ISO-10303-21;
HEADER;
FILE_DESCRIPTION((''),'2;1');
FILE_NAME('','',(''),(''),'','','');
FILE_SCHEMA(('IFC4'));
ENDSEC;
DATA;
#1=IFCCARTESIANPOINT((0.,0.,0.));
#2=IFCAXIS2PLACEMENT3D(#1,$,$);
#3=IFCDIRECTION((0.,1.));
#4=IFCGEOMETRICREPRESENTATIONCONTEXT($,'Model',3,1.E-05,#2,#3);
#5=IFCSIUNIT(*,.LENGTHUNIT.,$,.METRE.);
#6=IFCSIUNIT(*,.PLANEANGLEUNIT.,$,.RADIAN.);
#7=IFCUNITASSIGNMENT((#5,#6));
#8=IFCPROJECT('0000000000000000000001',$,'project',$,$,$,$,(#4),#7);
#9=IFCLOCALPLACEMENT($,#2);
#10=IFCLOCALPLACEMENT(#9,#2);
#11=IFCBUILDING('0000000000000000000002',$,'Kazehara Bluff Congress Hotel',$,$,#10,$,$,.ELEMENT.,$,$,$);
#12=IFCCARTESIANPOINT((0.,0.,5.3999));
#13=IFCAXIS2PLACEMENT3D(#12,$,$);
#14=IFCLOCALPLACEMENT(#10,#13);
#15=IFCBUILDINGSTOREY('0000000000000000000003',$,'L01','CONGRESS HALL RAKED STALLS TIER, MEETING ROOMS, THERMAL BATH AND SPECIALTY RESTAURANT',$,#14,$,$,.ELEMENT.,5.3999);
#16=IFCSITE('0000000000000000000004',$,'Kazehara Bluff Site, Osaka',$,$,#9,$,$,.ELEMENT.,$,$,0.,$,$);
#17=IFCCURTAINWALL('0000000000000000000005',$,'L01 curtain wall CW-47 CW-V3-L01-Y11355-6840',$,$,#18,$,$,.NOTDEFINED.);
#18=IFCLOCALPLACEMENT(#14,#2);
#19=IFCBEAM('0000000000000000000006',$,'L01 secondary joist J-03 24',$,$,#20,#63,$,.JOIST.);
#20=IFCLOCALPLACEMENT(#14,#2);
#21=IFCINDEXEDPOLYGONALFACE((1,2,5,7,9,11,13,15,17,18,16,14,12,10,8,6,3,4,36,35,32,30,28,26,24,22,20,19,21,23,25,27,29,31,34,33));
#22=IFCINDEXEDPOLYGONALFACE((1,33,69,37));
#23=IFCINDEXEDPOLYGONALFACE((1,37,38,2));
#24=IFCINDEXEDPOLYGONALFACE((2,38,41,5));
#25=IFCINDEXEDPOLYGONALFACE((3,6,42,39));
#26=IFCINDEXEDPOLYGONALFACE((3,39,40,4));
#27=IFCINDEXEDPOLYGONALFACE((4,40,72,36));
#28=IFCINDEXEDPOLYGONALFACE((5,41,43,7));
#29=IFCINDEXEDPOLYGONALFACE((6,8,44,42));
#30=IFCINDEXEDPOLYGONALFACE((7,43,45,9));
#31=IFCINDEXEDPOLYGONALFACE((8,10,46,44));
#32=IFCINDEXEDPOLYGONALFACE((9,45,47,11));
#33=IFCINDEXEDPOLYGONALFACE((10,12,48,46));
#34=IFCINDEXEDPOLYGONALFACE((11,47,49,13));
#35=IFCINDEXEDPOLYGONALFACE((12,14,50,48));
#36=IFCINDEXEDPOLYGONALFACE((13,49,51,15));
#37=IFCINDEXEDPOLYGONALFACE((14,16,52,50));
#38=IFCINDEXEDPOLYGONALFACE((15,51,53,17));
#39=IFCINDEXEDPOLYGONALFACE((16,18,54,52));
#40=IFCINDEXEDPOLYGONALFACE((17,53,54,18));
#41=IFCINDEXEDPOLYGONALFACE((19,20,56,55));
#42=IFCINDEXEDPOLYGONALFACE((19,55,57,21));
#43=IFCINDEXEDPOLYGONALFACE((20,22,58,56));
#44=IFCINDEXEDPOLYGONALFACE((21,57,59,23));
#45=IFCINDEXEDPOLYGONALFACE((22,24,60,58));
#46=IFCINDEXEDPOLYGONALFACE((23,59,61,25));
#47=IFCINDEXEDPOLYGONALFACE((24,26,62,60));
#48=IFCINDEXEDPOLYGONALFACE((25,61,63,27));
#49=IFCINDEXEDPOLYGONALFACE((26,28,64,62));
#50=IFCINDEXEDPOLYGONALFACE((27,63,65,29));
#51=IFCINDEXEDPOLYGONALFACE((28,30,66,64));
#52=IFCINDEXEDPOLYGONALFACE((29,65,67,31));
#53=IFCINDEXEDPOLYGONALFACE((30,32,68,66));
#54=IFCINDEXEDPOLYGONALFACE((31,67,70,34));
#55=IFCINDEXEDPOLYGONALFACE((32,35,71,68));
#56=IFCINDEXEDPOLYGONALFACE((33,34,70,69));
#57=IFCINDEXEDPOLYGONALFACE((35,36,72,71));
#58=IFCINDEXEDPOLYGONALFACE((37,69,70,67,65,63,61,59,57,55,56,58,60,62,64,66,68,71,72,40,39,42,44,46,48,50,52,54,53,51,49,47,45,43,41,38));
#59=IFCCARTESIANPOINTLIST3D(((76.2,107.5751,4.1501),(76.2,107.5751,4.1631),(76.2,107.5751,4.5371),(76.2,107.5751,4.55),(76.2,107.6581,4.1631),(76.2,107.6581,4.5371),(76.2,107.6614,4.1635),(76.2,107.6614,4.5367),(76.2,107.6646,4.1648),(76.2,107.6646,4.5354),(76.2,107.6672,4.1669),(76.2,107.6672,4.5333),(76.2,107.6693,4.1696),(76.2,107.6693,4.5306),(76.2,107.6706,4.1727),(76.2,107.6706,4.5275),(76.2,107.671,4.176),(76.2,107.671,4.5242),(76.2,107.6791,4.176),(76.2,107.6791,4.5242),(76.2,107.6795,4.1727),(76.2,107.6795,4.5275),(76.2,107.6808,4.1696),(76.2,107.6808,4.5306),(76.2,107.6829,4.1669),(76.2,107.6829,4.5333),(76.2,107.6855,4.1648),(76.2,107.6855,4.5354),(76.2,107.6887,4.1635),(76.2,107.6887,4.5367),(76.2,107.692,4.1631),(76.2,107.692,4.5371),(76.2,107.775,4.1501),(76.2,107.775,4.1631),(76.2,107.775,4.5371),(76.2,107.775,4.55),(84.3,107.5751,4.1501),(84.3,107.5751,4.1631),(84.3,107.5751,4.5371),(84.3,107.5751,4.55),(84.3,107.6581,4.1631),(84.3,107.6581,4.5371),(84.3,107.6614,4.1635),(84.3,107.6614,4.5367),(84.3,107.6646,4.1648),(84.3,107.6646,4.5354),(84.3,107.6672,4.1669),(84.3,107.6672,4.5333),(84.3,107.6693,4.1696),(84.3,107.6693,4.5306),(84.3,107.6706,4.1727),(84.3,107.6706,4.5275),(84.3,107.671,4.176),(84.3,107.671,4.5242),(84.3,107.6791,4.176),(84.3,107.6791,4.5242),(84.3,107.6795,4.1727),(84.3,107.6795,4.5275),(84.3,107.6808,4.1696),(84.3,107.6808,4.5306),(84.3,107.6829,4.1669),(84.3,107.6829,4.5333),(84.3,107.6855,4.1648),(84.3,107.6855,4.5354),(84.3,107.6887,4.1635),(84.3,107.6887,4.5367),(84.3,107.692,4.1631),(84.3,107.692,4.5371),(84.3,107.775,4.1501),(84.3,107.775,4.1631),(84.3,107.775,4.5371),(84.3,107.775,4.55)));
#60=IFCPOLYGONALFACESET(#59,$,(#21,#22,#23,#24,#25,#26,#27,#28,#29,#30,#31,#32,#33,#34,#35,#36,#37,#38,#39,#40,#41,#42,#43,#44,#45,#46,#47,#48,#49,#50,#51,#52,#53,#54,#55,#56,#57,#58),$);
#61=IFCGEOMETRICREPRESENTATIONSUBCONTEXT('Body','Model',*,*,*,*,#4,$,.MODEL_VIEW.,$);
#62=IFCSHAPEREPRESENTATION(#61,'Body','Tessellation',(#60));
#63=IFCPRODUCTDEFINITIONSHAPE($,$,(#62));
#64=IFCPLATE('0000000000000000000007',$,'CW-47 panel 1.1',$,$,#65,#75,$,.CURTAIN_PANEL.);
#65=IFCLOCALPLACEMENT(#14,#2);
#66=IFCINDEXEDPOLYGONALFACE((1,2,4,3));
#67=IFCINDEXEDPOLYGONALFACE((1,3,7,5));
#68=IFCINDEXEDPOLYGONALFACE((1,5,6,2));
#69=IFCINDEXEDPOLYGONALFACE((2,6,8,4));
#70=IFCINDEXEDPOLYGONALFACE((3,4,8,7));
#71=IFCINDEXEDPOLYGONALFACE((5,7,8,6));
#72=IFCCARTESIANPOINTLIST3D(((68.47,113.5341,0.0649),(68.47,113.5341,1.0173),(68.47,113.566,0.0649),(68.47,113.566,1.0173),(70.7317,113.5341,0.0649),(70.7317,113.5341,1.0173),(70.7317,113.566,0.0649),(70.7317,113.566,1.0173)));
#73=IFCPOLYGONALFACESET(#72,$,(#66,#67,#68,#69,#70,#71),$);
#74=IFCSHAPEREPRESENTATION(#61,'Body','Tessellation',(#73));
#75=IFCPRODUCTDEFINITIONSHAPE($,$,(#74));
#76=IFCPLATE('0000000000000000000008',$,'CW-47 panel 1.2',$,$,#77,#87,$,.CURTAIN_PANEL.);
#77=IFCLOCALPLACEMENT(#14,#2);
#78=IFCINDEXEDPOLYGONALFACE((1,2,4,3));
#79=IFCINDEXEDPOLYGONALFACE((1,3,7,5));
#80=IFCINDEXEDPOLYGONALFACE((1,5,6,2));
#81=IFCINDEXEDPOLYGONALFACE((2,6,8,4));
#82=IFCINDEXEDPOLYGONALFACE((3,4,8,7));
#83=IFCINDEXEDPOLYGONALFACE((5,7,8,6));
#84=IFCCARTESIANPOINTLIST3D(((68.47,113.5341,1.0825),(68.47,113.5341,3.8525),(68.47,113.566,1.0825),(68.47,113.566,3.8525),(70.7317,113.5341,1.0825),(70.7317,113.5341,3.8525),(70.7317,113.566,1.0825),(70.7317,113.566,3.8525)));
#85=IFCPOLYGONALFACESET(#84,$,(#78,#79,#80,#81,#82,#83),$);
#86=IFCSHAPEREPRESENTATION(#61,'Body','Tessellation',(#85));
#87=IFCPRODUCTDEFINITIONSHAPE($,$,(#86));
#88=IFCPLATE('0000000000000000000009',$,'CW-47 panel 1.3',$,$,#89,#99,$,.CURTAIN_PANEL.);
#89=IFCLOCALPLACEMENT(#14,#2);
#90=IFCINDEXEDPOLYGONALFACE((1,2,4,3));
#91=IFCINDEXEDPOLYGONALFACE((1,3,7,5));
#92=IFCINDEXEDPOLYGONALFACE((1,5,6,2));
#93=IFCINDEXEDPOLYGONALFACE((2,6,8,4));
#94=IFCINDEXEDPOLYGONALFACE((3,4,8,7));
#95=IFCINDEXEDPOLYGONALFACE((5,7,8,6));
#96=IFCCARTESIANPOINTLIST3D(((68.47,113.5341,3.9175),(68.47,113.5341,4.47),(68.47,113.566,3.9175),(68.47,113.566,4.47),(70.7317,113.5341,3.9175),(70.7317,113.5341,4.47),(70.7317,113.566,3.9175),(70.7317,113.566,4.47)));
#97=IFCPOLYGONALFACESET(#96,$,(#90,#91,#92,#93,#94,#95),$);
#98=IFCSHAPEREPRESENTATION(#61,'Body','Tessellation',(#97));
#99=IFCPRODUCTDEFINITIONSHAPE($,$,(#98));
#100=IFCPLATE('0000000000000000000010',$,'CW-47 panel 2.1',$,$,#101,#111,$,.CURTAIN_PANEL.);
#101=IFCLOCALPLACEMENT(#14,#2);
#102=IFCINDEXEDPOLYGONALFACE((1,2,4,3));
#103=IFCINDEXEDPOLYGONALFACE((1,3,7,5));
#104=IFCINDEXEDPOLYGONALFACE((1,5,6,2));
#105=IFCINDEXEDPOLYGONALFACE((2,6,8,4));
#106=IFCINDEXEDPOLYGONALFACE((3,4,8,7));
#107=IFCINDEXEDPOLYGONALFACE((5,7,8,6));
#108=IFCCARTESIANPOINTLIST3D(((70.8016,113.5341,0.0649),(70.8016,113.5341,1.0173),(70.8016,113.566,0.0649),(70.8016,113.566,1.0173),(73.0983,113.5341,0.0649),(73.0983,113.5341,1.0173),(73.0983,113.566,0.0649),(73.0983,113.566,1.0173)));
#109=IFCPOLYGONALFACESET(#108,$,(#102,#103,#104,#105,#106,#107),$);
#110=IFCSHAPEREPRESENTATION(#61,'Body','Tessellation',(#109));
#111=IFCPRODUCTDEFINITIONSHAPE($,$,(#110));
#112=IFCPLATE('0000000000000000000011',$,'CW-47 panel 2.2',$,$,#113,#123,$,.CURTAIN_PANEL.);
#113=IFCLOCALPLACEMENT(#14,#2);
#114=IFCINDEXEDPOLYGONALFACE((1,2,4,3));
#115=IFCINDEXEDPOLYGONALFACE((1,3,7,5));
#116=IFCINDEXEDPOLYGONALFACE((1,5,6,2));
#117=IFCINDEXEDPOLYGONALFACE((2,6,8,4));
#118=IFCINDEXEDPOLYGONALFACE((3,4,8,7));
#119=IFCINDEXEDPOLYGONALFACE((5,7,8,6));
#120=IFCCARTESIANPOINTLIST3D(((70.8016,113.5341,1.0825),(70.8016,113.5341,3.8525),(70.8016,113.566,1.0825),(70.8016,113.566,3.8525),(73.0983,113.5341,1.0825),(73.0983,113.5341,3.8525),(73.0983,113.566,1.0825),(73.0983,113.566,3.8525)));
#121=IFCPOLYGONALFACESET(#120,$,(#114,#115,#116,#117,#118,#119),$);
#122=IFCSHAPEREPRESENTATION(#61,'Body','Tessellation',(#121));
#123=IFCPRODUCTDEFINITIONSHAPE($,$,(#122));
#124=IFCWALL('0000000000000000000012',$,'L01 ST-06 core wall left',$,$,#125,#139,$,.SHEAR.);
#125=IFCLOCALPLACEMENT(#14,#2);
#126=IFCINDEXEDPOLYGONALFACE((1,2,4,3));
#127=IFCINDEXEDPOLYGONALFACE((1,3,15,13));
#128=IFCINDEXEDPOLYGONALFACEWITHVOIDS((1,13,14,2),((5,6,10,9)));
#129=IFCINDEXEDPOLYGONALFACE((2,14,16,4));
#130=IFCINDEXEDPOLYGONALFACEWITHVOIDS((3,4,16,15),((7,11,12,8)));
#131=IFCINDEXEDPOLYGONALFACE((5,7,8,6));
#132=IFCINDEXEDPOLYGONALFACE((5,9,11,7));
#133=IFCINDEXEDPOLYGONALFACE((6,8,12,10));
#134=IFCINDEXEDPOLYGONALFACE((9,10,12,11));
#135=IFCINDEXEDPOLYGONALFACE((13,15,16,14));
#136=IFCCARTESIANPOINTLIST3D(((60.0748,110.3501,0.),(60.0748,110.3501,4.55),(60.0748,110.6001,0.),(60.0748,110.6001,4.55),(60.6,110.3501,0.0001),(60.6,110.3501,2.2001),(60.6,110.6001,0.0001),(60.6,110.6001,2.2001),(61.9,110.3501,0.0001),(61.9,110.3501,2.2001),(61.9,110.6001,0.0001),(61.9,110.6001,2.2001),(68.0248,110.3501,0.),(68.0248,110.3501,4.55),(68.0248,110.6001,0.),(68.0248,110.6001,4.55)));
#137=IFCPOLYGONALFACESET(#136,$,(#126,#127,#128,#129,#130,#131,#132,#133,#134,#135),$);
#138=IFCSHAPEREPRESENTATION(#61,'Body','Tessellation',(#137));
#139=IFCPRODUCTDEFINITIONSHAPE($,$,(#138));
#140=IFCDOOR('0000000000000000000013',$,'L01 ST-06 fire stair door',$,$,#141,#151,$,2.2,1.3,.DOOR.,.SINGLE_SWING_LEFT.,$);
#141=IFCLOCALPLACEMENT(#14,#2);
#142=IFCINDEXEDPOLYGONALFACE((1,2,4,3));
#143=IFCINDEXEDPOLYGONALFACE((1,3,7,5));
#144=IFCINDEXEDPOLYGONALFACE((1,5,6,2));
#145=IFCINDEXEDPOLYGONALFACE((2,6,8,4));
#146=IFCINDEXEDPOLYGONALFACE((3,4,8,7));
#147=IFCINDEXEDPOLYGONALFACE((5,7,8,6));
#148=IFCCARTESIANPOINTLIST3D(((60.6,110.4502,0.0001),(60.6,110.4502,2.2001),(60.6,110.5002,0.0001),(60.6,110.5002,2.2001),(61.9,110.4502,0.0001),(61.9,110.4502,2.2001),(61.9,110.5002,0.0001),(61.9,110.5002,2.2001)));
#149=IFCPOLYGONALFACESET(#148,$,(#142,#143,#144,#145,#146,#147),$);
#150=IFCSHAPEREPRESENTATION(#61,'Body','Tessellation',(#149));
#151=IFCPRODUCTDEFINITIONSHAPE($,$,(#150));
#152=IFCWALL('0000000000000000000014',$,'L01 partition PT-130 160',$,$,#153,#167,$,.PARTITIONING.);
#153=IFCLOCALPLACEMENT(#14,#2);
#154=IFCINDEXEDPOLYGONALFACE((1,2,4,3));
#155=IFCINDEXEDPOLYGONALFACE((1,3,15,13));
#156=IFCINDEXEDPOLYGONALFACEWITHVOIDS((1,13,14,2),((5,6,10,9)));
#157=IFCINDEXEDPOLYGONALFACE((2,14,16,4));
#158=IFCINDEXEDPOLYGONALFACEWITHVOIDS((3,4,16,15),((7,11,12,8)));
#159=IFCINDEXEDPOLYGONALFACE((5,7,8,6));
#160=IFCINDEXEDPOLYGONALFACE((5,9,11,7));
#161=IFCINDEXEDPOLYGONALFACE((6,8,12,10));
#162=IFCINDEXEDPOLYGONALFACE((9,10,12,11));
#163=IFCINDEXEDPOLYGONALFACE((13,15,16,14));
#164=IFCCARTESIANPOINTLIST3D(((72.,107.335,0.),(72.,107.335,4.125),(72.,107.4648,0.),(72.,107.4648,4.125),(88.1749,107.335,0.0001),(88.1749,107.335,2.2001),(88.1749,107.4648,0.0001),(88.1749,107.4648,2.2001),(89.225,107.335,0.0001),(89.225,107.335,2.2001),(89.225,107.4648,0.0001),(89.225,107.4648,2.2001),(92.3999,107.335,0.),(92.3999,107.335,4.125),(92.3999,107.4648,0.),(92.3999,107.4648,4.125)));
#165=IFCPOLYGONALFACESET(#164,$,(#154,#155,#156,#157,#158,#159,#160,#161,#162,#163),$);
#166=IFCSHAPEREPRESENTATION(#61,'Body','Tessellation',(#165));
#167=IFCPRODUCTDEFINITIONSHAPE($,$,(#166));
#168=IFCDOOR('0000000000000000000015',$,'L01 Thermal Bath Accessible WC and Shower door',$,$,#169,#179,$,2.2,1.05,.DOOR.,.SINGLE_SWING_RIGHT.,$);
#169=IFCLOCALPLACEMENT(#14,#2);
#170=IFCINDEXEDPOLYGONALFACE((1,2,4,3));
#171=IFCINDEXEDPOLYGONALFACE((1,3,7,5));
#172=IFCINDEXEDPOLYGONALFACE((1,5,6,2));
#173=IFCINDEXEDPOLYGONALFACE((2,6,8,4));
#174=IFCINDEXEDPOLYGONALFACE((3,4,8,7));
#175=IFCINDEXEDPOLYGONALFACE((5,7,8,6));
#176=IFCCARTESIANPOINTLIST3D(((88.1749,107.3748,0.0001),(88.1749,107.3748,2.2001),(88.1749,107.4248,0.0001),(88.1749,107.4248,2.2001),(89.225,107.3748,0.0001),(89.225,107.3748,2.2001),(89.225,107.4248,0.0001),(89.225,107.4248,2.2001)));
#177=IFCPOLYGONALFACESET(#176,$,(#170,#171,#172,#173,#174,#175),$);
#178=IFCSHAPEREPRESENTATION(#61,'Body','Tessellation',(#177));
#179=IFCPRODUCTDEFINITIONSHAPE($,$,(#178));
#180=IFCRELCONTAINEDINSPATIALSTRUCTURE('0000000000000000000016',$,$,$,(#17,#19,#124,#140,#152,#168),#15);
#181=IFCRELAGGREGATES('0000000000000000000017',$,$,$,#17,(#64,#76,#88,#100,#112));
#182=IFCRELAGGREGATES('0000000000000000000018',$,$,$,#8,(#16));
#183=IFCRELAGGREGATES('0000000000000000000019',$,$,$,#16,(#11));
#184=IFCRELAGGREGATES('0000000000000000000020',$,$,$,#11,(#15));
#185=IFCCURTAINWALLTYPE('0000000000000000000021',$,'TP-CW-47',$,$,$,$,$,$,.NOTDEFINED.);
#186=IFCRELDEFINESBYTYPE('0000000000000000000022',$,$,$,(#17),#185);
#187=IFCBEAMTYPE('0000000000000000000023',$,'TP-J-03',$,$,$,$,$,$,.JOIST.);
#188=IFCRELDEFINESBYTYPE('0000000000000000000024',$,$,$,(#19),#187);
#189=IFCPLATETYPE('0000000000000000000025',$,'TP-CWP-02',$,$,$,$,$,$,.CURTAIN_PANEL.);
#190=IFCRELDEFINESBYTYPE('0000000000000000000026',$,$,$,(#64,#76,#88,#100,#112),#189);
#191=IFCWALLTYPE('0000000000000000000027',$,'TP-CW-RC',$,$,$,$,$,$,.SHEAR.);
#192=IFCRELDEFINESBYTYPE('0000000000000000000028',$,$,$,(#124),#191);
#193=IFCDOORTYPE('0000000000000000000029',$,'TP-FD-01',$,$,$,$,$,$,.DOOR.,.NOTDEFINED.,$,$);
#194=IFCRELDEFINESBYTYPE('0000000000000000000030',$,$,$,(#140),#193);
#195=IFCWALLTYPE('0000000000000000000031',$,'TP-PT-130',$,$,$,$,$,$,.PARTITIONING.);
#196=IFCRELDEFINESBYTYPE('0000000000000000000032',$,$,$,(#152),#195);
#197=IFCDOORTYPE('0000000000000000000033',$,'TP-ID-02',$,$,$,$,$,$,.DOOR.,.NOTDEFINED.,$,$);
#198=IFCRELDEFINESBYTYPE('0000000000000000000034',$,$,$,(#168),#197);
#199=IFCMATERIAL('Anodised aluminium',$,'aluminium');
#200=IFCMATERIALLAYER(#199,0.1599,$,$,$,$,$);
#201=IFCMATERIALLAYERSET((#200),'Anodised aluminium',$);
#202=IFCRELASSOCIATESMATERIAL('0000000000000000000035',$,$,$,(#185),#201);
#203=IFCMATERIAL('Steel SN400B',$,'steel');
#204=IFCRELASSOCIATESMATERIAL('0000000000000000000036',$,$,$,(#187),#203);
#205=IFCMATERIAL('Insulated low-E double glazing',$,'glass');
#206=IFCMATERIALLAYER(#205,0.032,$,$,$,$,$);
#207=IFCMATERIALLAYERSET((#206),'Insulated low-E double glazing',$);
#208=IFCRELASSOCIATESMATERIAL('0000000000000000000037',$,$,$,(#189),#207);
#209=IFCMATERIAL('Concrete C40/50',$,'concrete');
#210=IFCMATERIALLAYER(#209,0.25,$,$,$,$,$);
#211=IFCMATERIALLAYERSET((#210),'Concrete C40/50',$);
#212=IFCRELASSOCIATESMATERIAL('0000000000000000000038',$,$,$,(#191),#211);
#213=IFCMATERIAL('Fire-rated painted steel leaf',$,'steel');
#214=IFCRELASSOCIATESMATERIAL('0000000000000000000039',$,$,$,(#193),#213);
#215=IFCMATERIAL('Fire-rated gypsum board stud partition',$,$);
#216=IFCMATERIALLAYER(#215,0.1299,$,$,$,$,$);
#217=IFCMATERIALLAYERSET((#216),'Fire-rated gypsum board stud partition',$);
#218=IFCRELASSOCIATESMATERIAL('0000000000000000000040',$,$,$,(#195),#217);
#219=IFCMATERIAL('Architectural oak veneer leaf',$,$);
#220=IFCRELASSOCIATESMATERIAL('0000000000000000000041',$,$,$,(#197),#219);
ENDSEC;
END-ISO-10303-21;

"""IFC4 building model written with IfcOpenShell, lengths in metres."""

from ifc_helpers import new_model, si_unit, direction, frame, frame_2d, origin, origin_2d, place, context, subcontext, project, spatial, rectangle, i_section, extrude, material, layer, layer_set, material_profile, profile_set, type_object, element, fill, aggregate, save


model = new_model("IFC4")

# Units and contexts
model_context = context("Model", 3, precision=1e-05, world=origin(), true_north=direction((0.0, 1.0)))
body_context = subcontext(model_context, "Body", "Model", "MODEL_VIEW")
ifc_project = project(units=[si_unit("LENGTHUNIT", "METRE"), si_unit("PLANEANGLEUNIT", "RADIAN")], contexts=[model_context])

# Site, building, storey
site_placement = place(None, origin())
site = spatial("IfcSite", under=ifc_project, at=site_placement, Name="Kazehara Bluff Site, Osaka", CompositionType="ELEMENT", RefElevation=0.0)
building_placement = place(site_placement, origin())
building = spatial("IfcBuilding", under=site, at=building_placement, Name="Kazehara Bluff Congress Hotel", CompositionType="ELEMENT")
storey_placement = place(building_placement, frame((0.0, 0.0, 5.3999)))
storey = spatial("IfcBuildingStorey", under=building, at=storey_placement, Name="L01", Description="CONGRESS HALL RAKED STALLS TIER, MEETING ROOMS, THERMAL BATH AND SPECIALTY RESTAURANT", CompositionType="ELEMENT", Elevation=5.3999)

# Curtain wall
ifc_material_1 = material(Name="Anodised aluminium", Category="aluminium")
ifc_layer_1 = layer(ifc_material_1, 0.1599)
ifc_layer_set_1 = layer_set([ifc_layer_1], Name="Anodised aluminium")
curtain_wall_type = type_object("IfcCurtainWallType", Name="TP-CW-47", PredefinedType="NOTDEFINED", material=ifc_layer_set_1)
curtain_wall_placement = place(storey_placement, origin())
curtain_wall = element("IfcCurtainWall", 1, at=curtain_wall_placement, inside=storey, type_object=curtain_wall_type, Name="L01 curtain wall CW-47 CW-V3-L01-Y11355-6840", PredefinedType="NOTDEFINED")

# Beam
ifc_material_2 = material(Name="Steel SN400B", Category="steel")
ifc_material_profile_1 = material_profile(ifc_material_2, i_section(OverallWidth=0.2, OverallDepth=0.3999, WebThickness=0.0081, FlangeThickness=0.0129, FilletRadius=0.0129, at=origin_2d()))
ifc_profile_set_1 = profile_set([ifc_material_profile_1], Name="Steel SN400B")
beam_type_1 = type_object("IfcBeamType", Name="TP-J-03", PredefinedType="JOIST", material=ifc_profile_set_1)
for number, where, z_axis, x_axis, name in (
    (2, (76.2, 107.675, 4.3501), (1.0, 0.0, 0.0), (0.0, 1.0, 0.0), "L01 secondary joist J-03 24"),
):
    element("IfcBeam", number, at=place(storey_placement, frame(where, z_axis=z_axis, x_axis=x_axis)), inside=storey, type_object=beam_type_1, Name=name, PredefinedType="JOIST", context=body_context, shape_type="SweptSolid", body=[
        extrude(i_section(OverallWidth=0.2, OverallDepth=0.3999, WebThickness=0.0081, FlangeThickness=0.0129, FilletRadius=0.0129, at=origin_2d()), origin(), (0.0, 0.0, 1.0), 8.1001),
    ])

# Plates
ifc_material_3 = material(Name="Insulated low-E double glazing", Category="glass")
ifc_layer_2 = layer(ifc_material_3, 0.032)
ifc_layer_set_2 = layer_set([ifc_layer_2], Name="Insulated low-E double glazing")
plate_type = type_object("IfcPlateType", Name="TP-CWP-02", PredefinedType="CURTAIN_PANEL", material=ifc_layer_set_2)
plate_1_placement = place(storey_placement, frame((69.6008, 113.55, 0.0649), z_axis=(0.0, 0.0, 1.0), x_axis=(1.0, 0.0, 0.0)))
plate_1 = element("IfcPlate", 3, at=plate_1_placement, type_object=plate_type, Name="CW-47 panel 1.1", PredefinedType="CURTAIN_PANEL", context=body_context, shape_type="SweptSolid", body=[
    extrude(rectangle(XDim=2.2617, YDim=0.032, at=origin_2d()), origin(), (0.0, 0.0, 1.0), 0.9524),
])
plate_2_placement = place(storey_placement, frame((69.6008, 113.55, 1.0825), z_axis=(0.0, 0.0, 1.0), x_axis=(1.0, 0.0, 0.0)))
plate_2 = element("IfcPlate", 4, at=plate_2_placement, type_object=plate_type, Name="CW-47 panel 1.2", PredefinedType="CURTAIN_PANEL", context=body_context, shape_type="SweptSolid", body=[
    extrude(rectangle(XDim=2.2617, YDim=0.032, at=origin_2d()), origin(), (0.0, 0.0, 1.0), 2.77),
])
plate_3_placement = place(storey_placement, frame((69.6008, 113.55, 3.9175), z_axis=(0.0, 0.0, 1.0), x_axis=(1.0, 0.0, 0.0)))
plate_3 = element("IfcPlate", 5, at=plate_3_placement, type_object=plate_type, Name="CW-47 panel 1.3", PredefinedType="CURTAIN_PANEL", context=body_context, shape_type="SweptSolid", body=[
    extrude(rectangle(XDim=2.2617, YDim=0.032, at=origin_2d()), origin(), (0.0, 0.0, 1.0), 0.5525),
])
plate_4_placement = place(storey_placement, frame((71.95, 113.55, 0.0649), z_axis=(0.0, 0.0, 1.0), x_axis=(1.0, 0.0, 0.0)))
plate_4 = element("IfcPlate", 6, at=plate_4_placement, type_object=plate_type, Name="CW-47 panel 2.1", PredefinedType="CURTAIN_PANEL", context=body_context, shape_type="SweptSolid", body=[
    extrude(rectangle(XDim=2.2966, YDim=0.032, at=origin_2d()), origin(), (0.0, 0.0, 1.0), 0.9524),
])
plate_5_placement = place(storey_placement, frame((71.95, 113.55, 1.0825), z_axis=(0.0, 0.0, 1.0), x_axis=(1.0, 0.0, 0.0)))
plate_5 = element("IfcPlate", 7, at=plate_5_placement, type_object=plate_type, Name="CW-47 panel 2.2", PredefinedType="CURTAIN_PANEL", context=body_context, shape_type="SweptSolid", body=[
    extrude(rectangle(XDim=2.2966, YDim=0.032, at=origin_2d()), origin(), (0.0, 0.0, 1.0), 2.77),
])
aggregate(curtain_wall, [plate_1, plate_2, plate_3, plate_4, plate_5])

# Walls, openings, doors
ifc_material_4 = material(Name="Concrete C40/50", Category="concrete")
ifc_layer_3 = layer(ifc_material_4, 0.25)
ifc_layer_set_3 = layer_set([ifc_layer_3], Name="Concrete C40/50")
wall_type_1 = type_object("IfcWallType", Name="TP-CW-RC", PredefinedType="SHEAR", material=ifc_layer_set_3)
wall_1_placement = place(storey_placement, frame((68.0249, 110.4751, 0.0), z_axis=(0.0, 0.0, 1.0), x_axis=(-1.0, 0.0, 0.0)))
wall_1 = element("IfcWall", 8, at=wall_1_placement, inside=storey, type_object=wall_type_1, Name="L01 ST-06 core wall left", PredefinedType="SHEAR", context=body_context, shape_type="SweptSolid", body=[
    extrude(rectangle(XDim=7.95, YDim=0.25, at=frame_2d((3.9751, 0.0))), origin(), (0.0, 0.0, 1.0), 4.55),
])
opening_1_placement = place(wall_1_placement, frame((6.125, 0.0, 0.0)))
opening_1 = element("IfcOpeningElement", 9, at=opening_1_placement, cuts=wall_1, PredefinedType="OPENING", context=body_context, shape_type="SweptSolid", body=[
    extrude(rectangle(XDim=1.3, YDim=2.2, at=frame_2d((0.6499, 1.1001))), frame((0.0, 0.135, 0.0), z_axis=(0.0, -1.0, 0.0), x_axis=(1.0, 0.0, 0.0)), (0.0, 0.0, 1.0), 0.27),
])
ifc_material_5 = material(Name="Fire-rated painted steel leaf", Category="steel")
door_type_1 = type_object("IfcDoorType", Name="TP-FD-01", OperationType="NOTDEFINED", PredefinedType="DOOR", material=ifc_material_5)
door_1_placement = place(opening_1_placement, origin())
door_1 = element("IfcDoor", 10, at=door_1_placement, inside=storey, type_object=door_type_1, Name="L01 ST-06 fire stair door", OperationType="SINGLE_SWING_LEFT", OverallHeight=2.2, OverallWidth=1.3, PredefinedType="DOOR", context=body_context, shape_type="SweptSolid", body=[
    extrude(rectangle(XDim=1.3, YDim=2.2, at=frame_2d((0.6499, 1.1001))), frame((0.0, 0.0249, 0.0), z_axis=(0.0, -1.0, 0.0), x_axis=(1.0, 0.0, 0.0)), (0.0, 0.0, 1.0), 0.05),
])
fill(opening_1, door_1)
ifc_material_6 = material(Name="Fire-rated gypsum board stud partition")
ifc_layer_4 = layer(ifc_material_6, 0.1299)
ifc_layer_set_4 = layer_set([ifc_layer_4], Name="Fire-rated gypsum board stud partition")
wall_type_2 = type_object("IfcWallType", Name="TP-PT-130", PredefinedType="PARTITIONING", material=ifc_layer_set_4)
wall_2_placement = place(storey_placement, frame((72.0, 107.3999, 0.0), z_axis=(0.0, 0.0, 1.0), x_axis=(1.0, 0.0, 0.0)))
wall_2 = element("IfcWall", 11, at=wall_2_placement, inside=storey, type_object=wall_type_2, Name="L01 partition PT-130 160", PredefinedType="PARTITIONING", context=body_context, shape_type="SweptSolid", body=[
    extrude(rectangle(XDim=20.3999, YDim=0.1299, at=frame_2d((10.2, 0.0))), origin(), (0.0, 0.0, 1.0), 4.125),
])
opening_2_placement = place(wall_2_placement, frame((16.175, 0.0, 0.0)))
opening_2 = element("IfcOpeningElement", 12, at=opening_2_placement, cuts=wall_2, PredefinedType="OPENING", context=body_context, shape_type="SweptSolid", body=[
    extrude(rectangle(XDim=1.05, YDim=2.2, at=frame_2d((0.5249, 1.1001))), frame((0.0, 0.075, 0.0), z_axis=(0.0, -1.0, 0.0), x_axis=(1.0, 0.0, 0.0)), (0.0, 0.0, 1.0), 0.1499),
])
ifc_material_7 = material(Name="Architectural oak veneer leaf")
door_type_2 = type_object("IfcDoorType", Name="TP-ID-02", OperationType="NOTDEFINED", PredefinedType="DOOR", material=ifc_material_7)
door_2_placement = place(opening_2_placement, origin())
door_2 = element("IfcDoor", 13, at=door_2_placement, inside=storey, type_object=door_type_2, Name="L01 Thermal Bath Accessible WC and Shower door", OperationType="SINGLE_SWING_RIGHT", OverallHeight=2.2, OverallWidth=1.05, PredefinedType="DOOR", context=body_context, shape_type="SweptSolid", body=[
    extrude(rectangle(XDim=1.05, YDim=2.2, at=frame_2d((0.5249, 1.1001))), frame((0.0, 0.0249, 0.0), z_axis=(0.0, -1.0, 0.0), x_axis=(1.0, 0.0, 0.0)), (0.0, 0.0, 1.0), 0.05),
])
fill(opening_2, door_2)

save(model, "model.ifc")
